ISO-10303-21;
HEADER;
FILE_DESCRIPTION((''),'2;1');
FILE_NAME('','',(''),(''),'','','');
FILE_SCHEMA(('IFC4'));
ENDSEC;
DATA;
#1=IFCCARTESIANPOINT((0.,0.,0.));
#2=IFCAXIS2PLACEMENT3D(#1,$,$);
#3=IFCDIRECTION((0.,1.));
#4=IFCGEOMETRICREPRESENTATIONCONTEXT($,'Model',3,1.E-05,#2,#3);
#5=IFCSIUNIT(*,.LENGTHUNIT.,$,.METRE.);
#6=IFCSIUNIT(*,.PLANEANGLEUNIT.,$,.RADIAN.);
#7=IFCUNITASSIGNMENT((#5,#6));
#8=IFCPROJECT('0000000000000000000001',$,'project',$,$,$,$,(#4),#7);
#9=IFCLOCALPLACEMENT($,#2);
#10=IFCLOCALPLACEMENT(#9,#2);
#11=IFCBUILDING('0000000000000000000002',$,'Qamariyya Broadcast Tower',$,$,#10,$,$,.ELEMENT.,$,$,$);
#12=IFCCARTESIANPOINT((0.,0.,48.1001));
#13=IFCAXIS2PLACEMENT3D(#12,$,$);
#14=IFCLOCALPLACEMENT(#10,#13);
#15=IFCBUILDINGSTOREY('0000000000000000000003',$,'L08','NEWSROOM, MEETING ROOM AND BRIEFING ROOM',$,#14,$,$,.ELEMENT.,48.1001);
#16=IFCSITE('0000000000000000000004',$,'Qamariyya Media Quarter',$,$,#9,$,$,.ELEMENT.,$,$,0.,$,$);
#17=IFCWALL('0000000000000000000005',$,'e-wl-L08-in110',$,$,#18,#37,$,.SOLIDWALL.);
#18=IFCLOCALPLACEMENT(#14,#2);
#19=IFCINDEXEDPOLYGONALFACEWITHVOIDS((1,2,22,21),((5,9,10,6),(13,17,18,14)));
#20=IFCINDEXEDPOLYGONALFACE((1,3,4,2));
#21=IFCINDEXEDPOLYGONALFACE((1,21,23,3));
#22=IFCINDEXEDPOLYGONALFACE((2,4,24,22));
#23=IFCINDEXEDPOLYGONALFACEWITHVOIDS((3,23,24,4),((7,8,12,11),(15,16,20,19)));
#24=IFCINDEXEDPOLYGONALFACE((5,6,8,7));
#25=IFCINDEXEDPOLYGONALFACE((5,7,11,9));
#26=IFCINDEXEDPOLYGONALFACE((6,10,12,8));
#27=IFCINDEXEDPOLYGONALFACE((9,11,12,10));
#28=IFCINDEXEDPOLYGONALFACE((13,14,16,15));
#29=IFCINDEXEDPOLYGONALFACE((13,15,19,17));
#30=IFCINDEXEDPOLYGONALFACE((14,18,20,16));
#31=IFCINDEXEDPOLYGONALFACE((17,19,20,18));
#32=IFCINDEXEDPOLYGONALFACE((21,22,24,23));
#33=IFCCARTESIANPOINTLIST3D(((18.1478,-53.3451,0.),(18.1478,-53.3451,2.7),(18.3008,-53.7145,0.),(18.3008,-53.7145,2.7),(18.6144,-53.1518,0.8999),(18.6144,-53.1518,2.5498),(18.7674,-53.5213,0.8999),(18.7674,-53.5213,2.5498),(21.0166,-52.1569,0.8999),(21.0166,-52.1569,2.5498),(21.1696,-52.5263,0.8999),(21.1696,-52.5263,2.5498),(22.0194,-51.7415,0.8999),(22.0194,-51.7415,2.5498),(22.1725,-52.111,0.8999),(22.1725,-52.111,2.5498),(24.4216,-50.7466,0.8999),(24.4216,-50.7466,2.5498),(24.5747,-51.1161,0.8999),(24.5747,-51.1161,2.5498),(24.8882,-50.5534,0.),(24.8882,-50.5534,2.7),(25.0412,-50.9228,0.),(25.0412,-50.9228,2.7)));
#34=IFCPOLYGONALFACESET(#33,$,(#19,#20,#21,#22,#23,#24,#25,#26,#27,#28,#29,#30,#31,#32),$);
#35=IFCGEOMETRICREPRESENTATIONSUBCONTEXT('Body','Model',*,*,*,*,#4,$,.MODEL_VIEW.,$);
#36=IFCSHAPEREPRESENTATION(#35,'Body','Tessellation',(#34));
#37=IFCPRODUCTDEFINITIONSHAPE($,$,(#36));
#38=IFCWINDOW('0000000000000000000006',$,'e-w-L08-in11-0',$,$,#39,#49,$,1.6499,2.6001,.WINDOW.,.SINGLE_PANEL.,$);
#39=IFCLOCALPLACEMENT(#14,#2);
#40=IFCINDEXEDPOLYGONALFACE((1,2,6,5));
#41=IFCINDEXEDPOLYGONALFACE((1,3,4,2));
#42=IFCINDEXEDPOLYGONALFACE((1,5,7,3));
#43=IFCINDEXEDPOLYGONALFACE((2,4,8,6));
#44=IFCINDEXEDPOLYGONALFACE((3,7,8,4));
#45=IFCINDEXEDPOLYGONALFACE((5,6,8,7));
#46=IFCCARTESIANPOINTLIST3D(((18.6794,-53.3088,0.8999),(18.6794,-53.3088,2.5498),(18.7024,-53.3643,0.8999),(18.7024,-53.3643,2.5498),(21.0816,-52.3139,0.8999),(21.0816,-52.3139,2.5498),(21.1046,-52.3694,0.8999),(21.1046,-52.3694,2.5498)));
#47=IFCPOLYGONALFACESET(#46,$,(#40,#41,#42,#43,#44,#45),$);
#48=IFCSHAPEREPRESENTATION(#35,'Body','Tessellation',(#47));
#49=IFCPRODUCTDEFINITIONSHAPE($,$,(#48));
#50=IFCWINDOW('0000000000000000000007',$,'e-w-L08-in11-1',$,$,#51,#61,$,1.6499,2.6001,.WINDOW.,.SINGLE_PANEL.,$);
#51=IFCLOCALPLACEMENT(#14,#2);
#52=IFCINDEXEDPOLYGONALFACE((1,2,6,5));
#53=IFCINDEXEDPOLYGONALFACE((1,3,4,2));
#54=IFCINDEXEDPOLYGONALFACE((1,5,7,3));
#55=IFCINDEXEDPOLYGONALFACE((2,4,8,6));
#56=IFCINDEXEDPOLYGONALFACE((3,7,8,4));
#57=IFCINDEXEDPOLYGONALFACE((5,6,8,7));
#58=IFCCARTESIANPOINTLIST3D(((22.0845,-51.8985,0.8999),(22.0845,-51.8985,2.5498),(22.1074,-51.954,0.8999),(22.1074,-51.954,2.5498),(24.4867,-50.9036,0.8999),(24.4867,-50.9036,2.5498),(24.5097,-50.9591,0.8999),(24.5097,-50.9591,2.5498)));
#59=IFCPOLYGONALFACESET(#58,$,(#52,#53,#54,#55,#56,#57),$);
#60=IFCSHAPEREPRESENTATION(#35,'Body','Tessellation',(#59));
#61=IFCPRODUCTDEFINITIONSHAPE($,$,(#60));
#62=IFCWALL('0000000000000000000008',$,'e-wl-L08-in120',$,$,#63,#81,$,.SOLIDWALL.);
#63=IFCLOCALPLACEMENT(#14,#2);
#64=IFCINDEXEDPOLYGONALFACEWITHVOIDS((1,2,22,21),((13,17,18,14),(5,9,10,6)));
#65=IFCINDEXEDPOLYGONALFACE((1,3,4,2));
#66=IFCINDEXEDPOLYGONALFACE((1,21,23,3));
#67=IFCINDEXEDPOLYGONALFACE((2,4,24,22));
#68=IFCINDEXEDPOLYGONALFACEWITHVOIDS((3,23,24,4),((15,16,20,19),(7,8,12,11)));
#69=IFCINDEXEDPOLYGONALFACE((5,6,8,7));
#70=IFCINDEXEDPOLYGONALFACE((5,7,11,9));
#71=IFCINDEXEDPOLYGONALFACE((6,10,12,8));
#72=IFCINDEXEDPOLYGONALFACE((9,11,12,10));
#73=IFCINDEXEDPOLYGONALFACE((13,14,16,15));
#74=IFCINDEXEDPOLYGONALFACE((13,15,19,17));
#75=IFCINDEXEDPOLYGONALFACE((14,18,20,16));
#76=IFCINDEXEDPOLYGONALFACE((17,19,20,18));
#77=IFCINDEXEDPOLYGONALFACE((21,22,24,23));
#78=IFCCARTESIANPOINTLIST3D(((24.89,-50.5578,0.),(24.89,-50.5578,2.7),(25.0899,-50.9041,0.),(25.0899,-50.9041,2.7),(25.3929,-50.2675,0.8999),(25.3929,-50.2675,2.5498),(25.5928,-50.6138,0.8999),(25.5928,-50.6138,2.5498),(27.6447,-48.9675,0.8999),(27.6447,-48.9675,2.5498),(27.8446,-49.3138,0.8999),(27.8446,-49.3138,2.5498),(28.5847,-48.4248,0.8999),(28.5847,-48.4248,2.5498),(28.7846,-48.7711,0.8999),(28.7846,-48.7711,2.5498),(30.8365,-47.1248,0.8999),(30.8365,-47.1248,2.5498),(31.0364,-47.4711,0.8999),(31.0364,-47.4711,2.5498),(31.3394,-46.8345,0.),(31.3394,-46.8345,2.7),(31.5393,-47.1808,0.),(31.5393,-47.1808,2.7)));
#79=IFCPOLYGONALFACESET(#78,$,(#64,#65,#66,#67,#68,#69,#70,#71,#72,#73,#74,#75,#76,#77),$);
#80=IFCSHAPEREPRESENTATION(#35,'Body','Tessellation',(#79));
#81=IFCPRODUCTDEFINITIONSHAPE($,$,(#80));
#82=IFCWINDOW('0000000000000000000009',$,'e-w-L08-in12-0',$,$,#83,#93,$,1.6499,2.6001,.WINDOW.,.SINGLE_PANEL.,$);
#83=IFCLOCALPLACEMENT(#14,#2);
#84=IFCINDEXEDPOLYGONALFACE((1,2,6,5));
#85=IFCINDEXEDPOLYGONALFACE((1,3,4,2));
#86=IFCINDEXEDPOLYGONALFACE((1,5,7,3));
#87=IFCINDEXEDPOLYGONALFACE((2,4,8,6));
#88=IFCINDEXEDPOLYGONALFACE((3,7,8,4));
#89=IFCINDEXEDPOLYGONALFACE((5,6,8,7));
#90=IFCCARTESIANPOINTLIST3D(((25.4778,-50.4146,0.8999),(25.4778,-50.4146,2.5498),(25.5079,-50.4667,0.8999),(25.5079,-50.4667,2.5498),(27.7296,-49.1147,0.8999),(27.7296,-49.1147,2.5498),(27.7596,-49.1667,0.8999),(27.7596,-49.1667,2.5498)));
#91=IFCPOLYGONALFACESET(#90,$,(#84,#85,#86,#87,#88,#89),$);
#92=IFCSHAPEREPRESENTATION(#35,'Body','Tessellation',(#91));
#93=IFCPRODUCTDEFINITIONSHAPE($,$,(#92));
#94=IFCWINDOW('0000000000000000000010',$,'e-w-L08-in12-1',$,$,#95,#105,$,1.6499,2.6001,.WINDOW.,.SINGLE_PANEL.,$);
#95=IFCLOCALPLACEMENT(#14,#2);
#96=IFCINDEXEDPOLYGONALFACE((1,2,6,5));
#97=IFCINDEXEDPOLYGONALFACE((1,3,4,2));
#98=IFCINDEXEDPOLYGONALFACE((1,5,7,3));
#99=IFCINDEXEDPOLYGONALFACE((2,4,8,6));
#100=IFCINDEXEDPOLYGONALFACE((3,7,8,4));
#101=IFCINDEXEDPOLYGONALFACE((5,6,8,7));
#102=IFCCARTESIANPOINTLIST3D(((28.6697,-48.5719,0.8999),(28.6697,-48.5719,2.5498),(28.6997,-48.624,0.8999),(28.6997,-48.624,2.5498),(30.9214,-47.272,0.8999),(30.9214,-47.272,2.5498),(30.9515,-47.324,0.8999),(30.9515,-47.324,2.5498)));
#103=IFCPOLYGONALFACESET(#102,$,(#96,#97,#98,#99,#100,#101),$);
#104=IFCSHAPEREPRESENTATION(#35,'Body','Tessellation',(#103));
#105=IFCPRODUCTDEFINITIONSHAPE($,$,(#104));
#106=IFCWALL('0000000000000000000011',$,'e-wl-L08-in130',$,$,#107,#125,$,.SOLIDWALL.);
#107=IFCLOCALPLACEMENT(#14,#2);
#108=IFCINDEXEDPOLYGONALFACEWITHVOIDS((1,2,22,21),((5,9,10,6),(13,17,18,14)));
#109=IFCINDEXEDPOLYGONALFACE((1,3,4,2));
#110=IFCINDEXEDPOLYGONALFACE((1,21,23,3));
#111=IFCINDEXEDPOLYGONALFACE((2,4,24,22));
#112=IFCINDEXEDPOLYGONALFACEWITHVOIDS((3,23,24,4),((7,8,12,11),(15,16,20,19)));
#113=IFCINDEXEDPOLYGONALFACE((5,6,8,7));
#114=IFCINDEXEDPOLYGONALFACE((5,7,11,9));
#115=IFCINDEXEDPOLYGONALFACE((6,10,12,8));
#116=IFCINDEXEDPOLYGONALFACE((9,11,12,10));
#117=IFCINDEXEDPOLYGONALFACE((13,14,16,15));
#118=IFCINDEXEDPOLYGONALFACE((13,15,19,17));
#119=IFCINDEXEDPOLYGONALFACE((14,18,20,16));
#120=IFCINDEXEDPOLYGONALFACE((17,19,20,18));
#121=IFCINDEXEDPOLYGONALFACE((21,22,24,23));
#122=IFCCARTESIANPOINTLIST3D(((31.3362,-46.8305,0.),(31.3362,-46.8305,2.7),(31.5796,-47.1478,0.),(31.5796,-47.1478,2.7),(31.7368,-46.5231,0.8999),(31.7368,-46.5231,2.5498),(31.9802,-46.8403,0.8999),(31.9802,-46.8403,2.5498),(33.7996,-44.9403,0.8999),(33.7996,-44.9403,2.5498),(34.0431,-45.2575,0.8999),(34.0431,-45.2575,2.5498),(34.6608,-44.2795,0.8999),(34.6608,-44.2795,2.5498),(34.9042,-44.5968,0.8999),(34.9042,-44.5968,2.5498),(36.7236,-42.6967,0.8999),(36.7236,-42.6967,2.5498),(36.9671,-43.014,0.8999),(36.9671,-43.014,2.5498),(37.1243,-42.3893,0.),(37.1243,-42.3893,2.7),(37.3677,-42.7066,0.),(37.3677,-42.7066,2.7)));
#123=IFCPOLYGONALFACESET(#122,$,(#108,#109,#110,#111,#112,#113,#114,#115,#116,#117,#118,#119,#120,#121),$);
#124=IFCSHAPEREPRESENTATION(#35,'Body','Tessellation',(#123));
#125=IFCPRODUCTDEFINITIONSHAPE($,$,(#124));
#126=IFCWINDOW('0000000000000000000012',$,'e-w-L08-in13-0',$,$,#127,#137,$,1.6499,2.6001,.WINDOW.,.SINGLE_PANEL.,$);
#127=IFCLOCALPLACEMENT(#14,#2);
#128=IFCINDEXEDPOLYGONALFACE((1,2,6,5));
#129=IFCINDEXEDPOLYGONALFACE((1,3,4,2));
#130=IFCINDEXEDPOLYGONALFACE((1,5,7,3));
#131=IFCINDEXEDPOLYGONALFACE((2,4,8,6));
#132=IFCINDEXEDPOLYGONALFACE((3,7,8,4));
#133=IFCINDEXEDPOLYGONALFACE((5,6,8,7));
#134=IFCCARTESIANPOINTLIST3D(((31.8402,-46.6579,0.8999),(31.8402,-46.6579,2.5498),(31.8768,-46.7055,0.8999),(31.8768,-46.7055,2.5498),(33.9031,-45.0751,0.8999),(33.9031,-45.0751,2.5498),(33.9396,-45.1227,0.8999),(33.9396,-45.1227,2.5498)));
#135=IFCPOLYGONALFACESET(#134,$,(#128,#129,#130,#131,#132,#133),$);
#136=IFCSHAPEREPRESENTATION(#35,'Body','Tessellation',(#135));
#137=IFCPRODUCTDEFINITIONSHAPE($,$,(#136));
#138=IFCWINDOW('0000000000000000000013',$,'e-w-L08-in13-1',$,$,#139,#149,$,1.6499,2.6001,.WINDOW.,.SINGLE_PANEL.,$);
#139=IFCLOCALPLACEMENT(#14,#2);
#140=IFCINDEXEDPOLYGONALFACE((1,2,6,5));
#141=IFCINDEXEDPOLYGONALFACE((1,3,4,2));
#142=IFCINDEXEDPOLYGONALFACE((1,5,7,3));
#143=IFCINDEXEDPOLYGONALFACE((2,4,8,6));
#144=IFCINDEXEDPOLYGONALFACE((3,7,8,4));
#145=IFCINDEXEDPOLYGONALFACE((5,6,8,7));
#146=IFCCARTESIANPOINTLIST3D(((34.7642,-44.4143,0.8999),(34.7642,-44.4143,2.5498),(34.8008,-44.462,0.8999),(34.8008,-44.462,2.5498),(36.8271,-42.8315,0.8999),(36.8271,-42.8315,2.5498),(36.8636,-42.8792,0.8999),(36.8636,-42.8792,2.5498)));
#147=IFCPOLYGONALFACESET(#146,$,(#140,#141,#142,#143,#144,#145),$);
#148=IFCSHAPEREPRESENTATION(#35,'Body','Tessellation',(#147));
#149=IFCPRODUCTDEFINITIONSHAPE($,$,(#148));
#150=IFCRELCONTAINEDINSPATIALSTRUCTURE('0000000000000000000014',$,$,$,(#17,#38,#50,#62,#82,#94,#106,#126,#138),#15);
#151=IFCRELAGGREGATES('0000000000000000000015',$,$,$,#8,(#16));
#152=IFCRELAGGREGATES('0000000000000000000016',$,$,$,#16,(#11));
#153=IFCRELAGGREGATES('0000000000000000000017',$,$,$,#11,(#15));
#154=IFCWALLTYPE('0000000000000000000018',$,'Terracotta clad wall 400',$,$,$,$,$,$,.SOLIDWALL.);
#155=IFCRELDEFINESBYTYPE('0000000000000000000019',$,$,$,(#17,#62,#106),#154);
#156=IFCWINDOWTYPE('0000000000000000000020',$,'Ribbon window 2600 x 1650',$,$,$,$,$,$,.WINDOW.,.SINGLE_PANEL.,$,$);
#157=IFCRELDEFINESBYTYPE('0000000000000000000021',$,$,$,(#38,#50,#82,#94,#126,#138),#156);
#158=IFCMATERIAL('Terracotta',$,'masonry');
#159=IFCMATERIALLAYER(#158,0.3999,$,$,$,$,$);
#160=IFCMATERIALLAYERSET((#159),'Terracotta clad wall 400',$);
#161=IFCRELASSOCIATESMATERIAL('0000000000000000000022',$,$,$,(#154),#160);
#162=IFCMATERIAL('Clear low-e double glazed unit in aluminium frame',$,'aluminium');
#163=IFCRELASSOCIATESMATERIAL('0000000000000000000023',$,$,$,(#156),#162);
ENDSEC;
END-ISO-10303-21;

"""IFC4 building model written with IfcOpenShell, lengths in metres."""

from ifc_helpers import new_model, si_unit, direction, frame, frame_2d, origin, place, context, subcontext, project, spatial, rectangle, extrude, material, layer, layer_set, type_object, element, fill, save


model = new_model("IFC4")

# Units and contexts
model_context = context("Model", 3, precision=1e-05, world=origin(), true_north=direction((0.0, 1.0)))
body_context = subcontext(model_context, "Body", "Model", "MODEL_VIEW")
ifc_project = project(units=[si_unit("LENGTHUNIT", "METRE"), si_unit("PLANEANGLEUNIT", "RADIAN")], contexts=[model_context])

# Site, building, storey
site_placement = place(None, origin())
site = spatial("IfcSite", under=ifc_project, at=site_placement, Name="Qamariyya Media Quarter", CompositionType="ELEMENT", RefElevation=0.0)
building_placement = place(site_placement, origin())
building = spatial("IfcBuilding", under=site, at=building_placement, Name="Qamariyya Broadcast Tower", CompositionType="ELEMENT")
storey_placement = place(building_placement, frame((0.0, 0.0, 48.1001)))
storey = spatial("IfcBuildingStorey", under=building, at=storey_placement, Name="L08", Description="NEWSROOM, MEETING ROOM AND BRIEFING ROOM", CompositionType="ELEMENT", Elevation=48.1001)

# Walls, openings, windows
ifc_material_1 = material(Name="Terracotta", Category="masonry")
ifc_layer_1 = layer(ifc_material_1, 0.3999)
ifc_layer_set_1 = layer_set([ifc_layer_1], Name="Terracotta clad wall 400")
wall_type = type_object("IfcWallType", Name="Terracotta clad wall 400", PredefinedType="SOLIDWALL", material=ifc_layer_set_1)
wall_1_placement = place(storey_placement, frame((24.9648, -50.738, 0.0), z_axis=(0.0, 0.0, 1.0), x_axis=(-0.923892, -0.382654, 0.0)))
wall_1 = element("IfcWall", 1, at=wall_1_placement, inside=storey, type_object=wall_type, Name="e-wl-L08-in110", PredefinedType="SOLIDWALL", context=body_context, shape_type="SweptSolid", body=[
    extrude(rectangle(XDim=7.2957, YDim=0.3999, at=frame_2d((3.6479, 0.0))), origin(), (0.0, 0.0, 1.0), 2.7),
])
opening_1_placement = place(wall_1_placement, frame((4.1907, 0.0, 0.8999)))
opening_1 = element("IfcOpeningElement", 2, at=opening_1_placement, cuts=wall_1, PredefinedType="OPENING", context=body_context, shape_type="SweptSolid", body=[
    extrude(rectangle(XDim=2.6001, YDim=1.6499, at=frame_2d((1.3, 0.825))), frame((0.0, 0.21, 0.0), z_axis=(0.0, -1.0, 0.0), x_axis=(1.0, 0.0, 0.0)), (0.0, 0.0, 1.0), 0.4199),
])
opening_2_placement = place(wall_1_placement, frame((0.5051, 0.0, 0.8999)))
opening_2 = element("IfcOpeningElement", 3, at=opening_2_placement, cuts=wall_1, PredefinedType="OPENING", context=body_context, shape_type="SweptSolid", body=[
    extrude(rectangle(XDim=2.6001, YDim=1.6499, at=frame_2d((1.3, 0.825))), frame((0.0, 0.21, 0.0), z_axis=(0.0, -1.0, 0.0), x_axis=(1.0, 0.0, 0.0)), (0.0, 0.0, 1.0), 0.4199),
])
ifc_material_2 = material(Name="Clear low-e double glazed unit in aluminium frame", Category="aluminium")
window_type = type_object("IfcWindowType", Name="Ribbon window 2600 x 1650", PartitioningType="SINGLE_PANEL", PredefinedType="WINDOW", material=ifc_material_2)
window_1_placement = place(opening_1_placement, origin())
window_1 = element("IfcWindow", 4, at=window_1_placement, inside=storey, type_object=window_type, Name="e-w-L08-in11-0", OverallHeight=1.6499, OverallWidth=2.6001, PartitioningType="SINGLE_PANEL", PredefinedType="WINDOW", context=body_context, shape_type="SweptSolid", body=[
    extrude(rectangle(XDim=2.6001, YDim=1.6499, at=frame_2d((1.3, 0.825))), frame((0.0, 0.03, 0.0), z_axis=(0.0, -1.0, 0.0), x_axis=(1.0, 0.0, 0.0)), (0.0, 0.0, 1.0), 0.0601),
])
fill(opening_1, window_1)
window_2_placement = place(opening_2_placement, origin())
window_2 = element("IfcWindow", 5, at=window_2_placement, inside=storey, type_object=window_type, Name="e-w-L08-in11-1", OverallHeight=1.6499, OverallWidth=2.6001, PartitioningType="SINGLE_PANEL", PredefinedType="WINDOW", context=body_context, shape_type="SweptSolid", body=[
    extrude(rectangle(XDim=2.6001, YDim=1.6499, at=frame_2d((1.3, 0.825))), frame((0.0, 0.03, 0.0), z_axis=(0.0, -1.0, 0.0), x_axis=(1.0, 0.0, 0.0)), (0.0, 0.0, 1.0), 0.0601),
])
fill(opening_2, window_2)
wall_2_placement = place(storey_placement, frame((31.4395, -47.0076, 0.0), z_axis=(0.0, 0.0, 1.0), x_axis=(-0.866038, -0.499979, 0.0)))
wall_2 = element("IfcWall", 6, at=wall_2_placement, inside=storey, type_object=wall_type, Name="e-wl-L08-in120", PredefinedType="SOLIDWALL", context=body_context, shape_type="SweptSolid", body=[
    extrude(rectangle(XDim=7.447, YDim=0.3999, at=frame_2d((3.7236, 0.0))), origin(), (0.0, 0.0, 1.0), 2.7),
])
opening_3_placement = place(wall_2_placement, frame((4.2664, 0.0, 0.8999)))
opening_3 = element("IfcOpeningElement", 7, at=opening_3_placement, cuts=wall_2, PredefinedType="OPENING", context=body_context, shape_type="SweptSolid", body=[
    extrude(rectangle(XDim=2.6001, YDim=1.6499, at=frame_2d((1.3, 0.825))), frame((0.0, 0.21, 0.0), z_axis=(0.0, -1.0, 0.0), x_axis=(1.0, 0.0, 0.0)), (0.0, 0.0, 1.0), 0.4199),
])
opening_4_placement = place(wall_2_placement, frame((0.5808, 0.0, 0.8999)))
opening_4 = element("IfcOpeningElement", 8, at=opening_4_placement, cuts=wall_2, PredefinedType="OPENING", context=body_context, shape_type="SweptSolid", body=[
    extrude(rectangle(XDim=2.6001, YDim=1.6499, at=frame_2d((1.3, 0.825))), frame((0.0, 0.21, 0.0), z_axis=(0.0, -1.0, 0.0), x_axis=(1.0, 0.0, 0.0)), (0.0, 0.0, 1.0), 0.4199),
])
window_3_placement = place(opening_3_placement, origin())
window_3 = element("IfcWindow", 9, at=window_3_placement, inside=storey, type_object=window_type, Name="e-w-L08-in12-0", OverallHeight=1.6499, OverallWidth=2.6001, PartitioningType="SINGLE_PANEL", PredefinedType="WINDOW", context=body_context, shape_type="SweptSolid", body=[
    extrude(rectangle(XDim=2.6001, YDim=1.6499, at=frame_2d((1.3, 0.825))), frame((0.0, 0.03, 0.0), z_axis=(0.0, -1.0, 0.0), x_axis=(1.0, 0.0, 0.0)), (0.0, 0.0, 1.0), 0.0601),
])
fill(opening_3, window_3)
window_4_placement = place(opening_4_placement, origin())
window_4 = element("IfcWindow", 10, at=window_4_placement, inside=storey, type_object=window_type, Name="e-w-L08-in12-1", OverallHeight=1.6499, OverallWidth=2.6001, PartitioningType="SINGLE_PANEL", PredefinedType="WINDOW", context=body_context, shape_type="SweptSolid", body=[
    extrude(rectangle(XDim=2.6001, YDim=1.6499, at=frame_2d((1.3, 0.825))), frame((0.0, 0.03, 0.0), z_axis=(0.0, -1.0, 0.0), x_axis=(1.0, 0.0, 0.0)), (0.0, 0.0, 1.0), 0.0601),
])
fill(opening_4, window_4)
wall_3_placement = place(storey_placement, frame((37.2461, -42.5479, 0.0), z_axis=(0.0, 0.0, 1.0), x_axis=(-0.793366, -0.608745, 0.0)))
wall_3 = element("IfcWall", 11, at=wall_3_placement, inside=storey, type_object=wall_type, Name="e-wl-L08-in130", PredefinedType="SOLIDWALL", context=body_context, shape_type="SweptSolid", body=[
    extrude(rectangle(XDim=7.2957, YDim=0.3999, at=frame_2d((3.6479, 0.0))), origin(), (0.0, 0.0, 1.0), 2.7),
])
opening_5_placement = place(wall_3_placement, frame((4.1907, 0.0, 0.8999)))
opening_5 = element("IfcOpeningElement", 12, at=opening_5_placement, cuts=wall_3, PredefinedType="OPENING", context=body_context, shape_type="SweptSolid", body=[
    extrude(rectangle(XDim=2.6001, YDim=1.6499, at=frame_2d((1.3, 0.825))), frame((0.0, 0.21, 0.0), z_axis=(0.0, -1.0, 0.0), x_axis=(1.0, 0.0, 0.0)), (0.0, 0.0, 1.0), 0.4199),
])
opening_6_placement = place(wall_3_placement, frame((0.5051, 0.0, 0.8999)))
opening_6 = element("IfcOpeningElement", 13, at=opening_6_placement, cuts=wall_3, PredefinedType="OPENING", context=body_context, shape_type="SweptSolid", body=[
    extrude(rectangle(XDim=2.6001, YDim=1.6499, at=frame_2d((1.3, 0.825))), frame((0.0, 0.21, 0.0), z_axis=(0.0, -1.0, 0.0), x_axis=(1.0, 0.0, 0.0)), (0.0, 0.0, 1.0), 0.4199),
])
window_5_placement = place(opening_5_placement, origin())
window_5 = element("IfcWindow", 14, at=window_5_placement, inside=storey, type_object=window_type, Name="e-w-L08-in13-0", OverallHeight=1.6499, OverallWidth=2.6001, PartitioningType="SINGLE_PANEL", PredefinedType="WINDOW", context=body_context, shape_type="SweptSolid", body=[
    extrude(rectangle(XDim=2.6001, YDim=1.6499, at=frame_2d((1.3, 0.825))), frame((0.0, 0.03, 0.0), z_axis=(0.0, -1.0, 0.0), x_axis=(1.0, 0.0, 0.0)), (0.0, 0.0, 1.0), 0.0601),
])
fill(opening_5, window_5)
window_6_placement = place(opening_6_placement, origin())
window_6 = element("IfcWindow", 15, at=window_6_placement, inside=storey, type_object=window_type, Name="e-w-L08-in13-1", OverallHeight=1.6499, OverallWidth=2.6001, PartitioningType="SINGLE_PANEL", PredefinedType="WINDOW", context=body_context, shape_type="SweptSolid", body=[
    extrude(rectangle(XDim=2.6001, YDim=1.6499, at=frame_2d((1.3, 0.825))), frame((0.0, 0.03, 0.0), z_axis=(0.0, -1.0, 0.0), x_axis=(1.0, 0.0, 0.0)), (0.0, 0.0, 1.0), 0.0601),
])
fill(opening_6, window_6)

save(model, "model.ifc")
